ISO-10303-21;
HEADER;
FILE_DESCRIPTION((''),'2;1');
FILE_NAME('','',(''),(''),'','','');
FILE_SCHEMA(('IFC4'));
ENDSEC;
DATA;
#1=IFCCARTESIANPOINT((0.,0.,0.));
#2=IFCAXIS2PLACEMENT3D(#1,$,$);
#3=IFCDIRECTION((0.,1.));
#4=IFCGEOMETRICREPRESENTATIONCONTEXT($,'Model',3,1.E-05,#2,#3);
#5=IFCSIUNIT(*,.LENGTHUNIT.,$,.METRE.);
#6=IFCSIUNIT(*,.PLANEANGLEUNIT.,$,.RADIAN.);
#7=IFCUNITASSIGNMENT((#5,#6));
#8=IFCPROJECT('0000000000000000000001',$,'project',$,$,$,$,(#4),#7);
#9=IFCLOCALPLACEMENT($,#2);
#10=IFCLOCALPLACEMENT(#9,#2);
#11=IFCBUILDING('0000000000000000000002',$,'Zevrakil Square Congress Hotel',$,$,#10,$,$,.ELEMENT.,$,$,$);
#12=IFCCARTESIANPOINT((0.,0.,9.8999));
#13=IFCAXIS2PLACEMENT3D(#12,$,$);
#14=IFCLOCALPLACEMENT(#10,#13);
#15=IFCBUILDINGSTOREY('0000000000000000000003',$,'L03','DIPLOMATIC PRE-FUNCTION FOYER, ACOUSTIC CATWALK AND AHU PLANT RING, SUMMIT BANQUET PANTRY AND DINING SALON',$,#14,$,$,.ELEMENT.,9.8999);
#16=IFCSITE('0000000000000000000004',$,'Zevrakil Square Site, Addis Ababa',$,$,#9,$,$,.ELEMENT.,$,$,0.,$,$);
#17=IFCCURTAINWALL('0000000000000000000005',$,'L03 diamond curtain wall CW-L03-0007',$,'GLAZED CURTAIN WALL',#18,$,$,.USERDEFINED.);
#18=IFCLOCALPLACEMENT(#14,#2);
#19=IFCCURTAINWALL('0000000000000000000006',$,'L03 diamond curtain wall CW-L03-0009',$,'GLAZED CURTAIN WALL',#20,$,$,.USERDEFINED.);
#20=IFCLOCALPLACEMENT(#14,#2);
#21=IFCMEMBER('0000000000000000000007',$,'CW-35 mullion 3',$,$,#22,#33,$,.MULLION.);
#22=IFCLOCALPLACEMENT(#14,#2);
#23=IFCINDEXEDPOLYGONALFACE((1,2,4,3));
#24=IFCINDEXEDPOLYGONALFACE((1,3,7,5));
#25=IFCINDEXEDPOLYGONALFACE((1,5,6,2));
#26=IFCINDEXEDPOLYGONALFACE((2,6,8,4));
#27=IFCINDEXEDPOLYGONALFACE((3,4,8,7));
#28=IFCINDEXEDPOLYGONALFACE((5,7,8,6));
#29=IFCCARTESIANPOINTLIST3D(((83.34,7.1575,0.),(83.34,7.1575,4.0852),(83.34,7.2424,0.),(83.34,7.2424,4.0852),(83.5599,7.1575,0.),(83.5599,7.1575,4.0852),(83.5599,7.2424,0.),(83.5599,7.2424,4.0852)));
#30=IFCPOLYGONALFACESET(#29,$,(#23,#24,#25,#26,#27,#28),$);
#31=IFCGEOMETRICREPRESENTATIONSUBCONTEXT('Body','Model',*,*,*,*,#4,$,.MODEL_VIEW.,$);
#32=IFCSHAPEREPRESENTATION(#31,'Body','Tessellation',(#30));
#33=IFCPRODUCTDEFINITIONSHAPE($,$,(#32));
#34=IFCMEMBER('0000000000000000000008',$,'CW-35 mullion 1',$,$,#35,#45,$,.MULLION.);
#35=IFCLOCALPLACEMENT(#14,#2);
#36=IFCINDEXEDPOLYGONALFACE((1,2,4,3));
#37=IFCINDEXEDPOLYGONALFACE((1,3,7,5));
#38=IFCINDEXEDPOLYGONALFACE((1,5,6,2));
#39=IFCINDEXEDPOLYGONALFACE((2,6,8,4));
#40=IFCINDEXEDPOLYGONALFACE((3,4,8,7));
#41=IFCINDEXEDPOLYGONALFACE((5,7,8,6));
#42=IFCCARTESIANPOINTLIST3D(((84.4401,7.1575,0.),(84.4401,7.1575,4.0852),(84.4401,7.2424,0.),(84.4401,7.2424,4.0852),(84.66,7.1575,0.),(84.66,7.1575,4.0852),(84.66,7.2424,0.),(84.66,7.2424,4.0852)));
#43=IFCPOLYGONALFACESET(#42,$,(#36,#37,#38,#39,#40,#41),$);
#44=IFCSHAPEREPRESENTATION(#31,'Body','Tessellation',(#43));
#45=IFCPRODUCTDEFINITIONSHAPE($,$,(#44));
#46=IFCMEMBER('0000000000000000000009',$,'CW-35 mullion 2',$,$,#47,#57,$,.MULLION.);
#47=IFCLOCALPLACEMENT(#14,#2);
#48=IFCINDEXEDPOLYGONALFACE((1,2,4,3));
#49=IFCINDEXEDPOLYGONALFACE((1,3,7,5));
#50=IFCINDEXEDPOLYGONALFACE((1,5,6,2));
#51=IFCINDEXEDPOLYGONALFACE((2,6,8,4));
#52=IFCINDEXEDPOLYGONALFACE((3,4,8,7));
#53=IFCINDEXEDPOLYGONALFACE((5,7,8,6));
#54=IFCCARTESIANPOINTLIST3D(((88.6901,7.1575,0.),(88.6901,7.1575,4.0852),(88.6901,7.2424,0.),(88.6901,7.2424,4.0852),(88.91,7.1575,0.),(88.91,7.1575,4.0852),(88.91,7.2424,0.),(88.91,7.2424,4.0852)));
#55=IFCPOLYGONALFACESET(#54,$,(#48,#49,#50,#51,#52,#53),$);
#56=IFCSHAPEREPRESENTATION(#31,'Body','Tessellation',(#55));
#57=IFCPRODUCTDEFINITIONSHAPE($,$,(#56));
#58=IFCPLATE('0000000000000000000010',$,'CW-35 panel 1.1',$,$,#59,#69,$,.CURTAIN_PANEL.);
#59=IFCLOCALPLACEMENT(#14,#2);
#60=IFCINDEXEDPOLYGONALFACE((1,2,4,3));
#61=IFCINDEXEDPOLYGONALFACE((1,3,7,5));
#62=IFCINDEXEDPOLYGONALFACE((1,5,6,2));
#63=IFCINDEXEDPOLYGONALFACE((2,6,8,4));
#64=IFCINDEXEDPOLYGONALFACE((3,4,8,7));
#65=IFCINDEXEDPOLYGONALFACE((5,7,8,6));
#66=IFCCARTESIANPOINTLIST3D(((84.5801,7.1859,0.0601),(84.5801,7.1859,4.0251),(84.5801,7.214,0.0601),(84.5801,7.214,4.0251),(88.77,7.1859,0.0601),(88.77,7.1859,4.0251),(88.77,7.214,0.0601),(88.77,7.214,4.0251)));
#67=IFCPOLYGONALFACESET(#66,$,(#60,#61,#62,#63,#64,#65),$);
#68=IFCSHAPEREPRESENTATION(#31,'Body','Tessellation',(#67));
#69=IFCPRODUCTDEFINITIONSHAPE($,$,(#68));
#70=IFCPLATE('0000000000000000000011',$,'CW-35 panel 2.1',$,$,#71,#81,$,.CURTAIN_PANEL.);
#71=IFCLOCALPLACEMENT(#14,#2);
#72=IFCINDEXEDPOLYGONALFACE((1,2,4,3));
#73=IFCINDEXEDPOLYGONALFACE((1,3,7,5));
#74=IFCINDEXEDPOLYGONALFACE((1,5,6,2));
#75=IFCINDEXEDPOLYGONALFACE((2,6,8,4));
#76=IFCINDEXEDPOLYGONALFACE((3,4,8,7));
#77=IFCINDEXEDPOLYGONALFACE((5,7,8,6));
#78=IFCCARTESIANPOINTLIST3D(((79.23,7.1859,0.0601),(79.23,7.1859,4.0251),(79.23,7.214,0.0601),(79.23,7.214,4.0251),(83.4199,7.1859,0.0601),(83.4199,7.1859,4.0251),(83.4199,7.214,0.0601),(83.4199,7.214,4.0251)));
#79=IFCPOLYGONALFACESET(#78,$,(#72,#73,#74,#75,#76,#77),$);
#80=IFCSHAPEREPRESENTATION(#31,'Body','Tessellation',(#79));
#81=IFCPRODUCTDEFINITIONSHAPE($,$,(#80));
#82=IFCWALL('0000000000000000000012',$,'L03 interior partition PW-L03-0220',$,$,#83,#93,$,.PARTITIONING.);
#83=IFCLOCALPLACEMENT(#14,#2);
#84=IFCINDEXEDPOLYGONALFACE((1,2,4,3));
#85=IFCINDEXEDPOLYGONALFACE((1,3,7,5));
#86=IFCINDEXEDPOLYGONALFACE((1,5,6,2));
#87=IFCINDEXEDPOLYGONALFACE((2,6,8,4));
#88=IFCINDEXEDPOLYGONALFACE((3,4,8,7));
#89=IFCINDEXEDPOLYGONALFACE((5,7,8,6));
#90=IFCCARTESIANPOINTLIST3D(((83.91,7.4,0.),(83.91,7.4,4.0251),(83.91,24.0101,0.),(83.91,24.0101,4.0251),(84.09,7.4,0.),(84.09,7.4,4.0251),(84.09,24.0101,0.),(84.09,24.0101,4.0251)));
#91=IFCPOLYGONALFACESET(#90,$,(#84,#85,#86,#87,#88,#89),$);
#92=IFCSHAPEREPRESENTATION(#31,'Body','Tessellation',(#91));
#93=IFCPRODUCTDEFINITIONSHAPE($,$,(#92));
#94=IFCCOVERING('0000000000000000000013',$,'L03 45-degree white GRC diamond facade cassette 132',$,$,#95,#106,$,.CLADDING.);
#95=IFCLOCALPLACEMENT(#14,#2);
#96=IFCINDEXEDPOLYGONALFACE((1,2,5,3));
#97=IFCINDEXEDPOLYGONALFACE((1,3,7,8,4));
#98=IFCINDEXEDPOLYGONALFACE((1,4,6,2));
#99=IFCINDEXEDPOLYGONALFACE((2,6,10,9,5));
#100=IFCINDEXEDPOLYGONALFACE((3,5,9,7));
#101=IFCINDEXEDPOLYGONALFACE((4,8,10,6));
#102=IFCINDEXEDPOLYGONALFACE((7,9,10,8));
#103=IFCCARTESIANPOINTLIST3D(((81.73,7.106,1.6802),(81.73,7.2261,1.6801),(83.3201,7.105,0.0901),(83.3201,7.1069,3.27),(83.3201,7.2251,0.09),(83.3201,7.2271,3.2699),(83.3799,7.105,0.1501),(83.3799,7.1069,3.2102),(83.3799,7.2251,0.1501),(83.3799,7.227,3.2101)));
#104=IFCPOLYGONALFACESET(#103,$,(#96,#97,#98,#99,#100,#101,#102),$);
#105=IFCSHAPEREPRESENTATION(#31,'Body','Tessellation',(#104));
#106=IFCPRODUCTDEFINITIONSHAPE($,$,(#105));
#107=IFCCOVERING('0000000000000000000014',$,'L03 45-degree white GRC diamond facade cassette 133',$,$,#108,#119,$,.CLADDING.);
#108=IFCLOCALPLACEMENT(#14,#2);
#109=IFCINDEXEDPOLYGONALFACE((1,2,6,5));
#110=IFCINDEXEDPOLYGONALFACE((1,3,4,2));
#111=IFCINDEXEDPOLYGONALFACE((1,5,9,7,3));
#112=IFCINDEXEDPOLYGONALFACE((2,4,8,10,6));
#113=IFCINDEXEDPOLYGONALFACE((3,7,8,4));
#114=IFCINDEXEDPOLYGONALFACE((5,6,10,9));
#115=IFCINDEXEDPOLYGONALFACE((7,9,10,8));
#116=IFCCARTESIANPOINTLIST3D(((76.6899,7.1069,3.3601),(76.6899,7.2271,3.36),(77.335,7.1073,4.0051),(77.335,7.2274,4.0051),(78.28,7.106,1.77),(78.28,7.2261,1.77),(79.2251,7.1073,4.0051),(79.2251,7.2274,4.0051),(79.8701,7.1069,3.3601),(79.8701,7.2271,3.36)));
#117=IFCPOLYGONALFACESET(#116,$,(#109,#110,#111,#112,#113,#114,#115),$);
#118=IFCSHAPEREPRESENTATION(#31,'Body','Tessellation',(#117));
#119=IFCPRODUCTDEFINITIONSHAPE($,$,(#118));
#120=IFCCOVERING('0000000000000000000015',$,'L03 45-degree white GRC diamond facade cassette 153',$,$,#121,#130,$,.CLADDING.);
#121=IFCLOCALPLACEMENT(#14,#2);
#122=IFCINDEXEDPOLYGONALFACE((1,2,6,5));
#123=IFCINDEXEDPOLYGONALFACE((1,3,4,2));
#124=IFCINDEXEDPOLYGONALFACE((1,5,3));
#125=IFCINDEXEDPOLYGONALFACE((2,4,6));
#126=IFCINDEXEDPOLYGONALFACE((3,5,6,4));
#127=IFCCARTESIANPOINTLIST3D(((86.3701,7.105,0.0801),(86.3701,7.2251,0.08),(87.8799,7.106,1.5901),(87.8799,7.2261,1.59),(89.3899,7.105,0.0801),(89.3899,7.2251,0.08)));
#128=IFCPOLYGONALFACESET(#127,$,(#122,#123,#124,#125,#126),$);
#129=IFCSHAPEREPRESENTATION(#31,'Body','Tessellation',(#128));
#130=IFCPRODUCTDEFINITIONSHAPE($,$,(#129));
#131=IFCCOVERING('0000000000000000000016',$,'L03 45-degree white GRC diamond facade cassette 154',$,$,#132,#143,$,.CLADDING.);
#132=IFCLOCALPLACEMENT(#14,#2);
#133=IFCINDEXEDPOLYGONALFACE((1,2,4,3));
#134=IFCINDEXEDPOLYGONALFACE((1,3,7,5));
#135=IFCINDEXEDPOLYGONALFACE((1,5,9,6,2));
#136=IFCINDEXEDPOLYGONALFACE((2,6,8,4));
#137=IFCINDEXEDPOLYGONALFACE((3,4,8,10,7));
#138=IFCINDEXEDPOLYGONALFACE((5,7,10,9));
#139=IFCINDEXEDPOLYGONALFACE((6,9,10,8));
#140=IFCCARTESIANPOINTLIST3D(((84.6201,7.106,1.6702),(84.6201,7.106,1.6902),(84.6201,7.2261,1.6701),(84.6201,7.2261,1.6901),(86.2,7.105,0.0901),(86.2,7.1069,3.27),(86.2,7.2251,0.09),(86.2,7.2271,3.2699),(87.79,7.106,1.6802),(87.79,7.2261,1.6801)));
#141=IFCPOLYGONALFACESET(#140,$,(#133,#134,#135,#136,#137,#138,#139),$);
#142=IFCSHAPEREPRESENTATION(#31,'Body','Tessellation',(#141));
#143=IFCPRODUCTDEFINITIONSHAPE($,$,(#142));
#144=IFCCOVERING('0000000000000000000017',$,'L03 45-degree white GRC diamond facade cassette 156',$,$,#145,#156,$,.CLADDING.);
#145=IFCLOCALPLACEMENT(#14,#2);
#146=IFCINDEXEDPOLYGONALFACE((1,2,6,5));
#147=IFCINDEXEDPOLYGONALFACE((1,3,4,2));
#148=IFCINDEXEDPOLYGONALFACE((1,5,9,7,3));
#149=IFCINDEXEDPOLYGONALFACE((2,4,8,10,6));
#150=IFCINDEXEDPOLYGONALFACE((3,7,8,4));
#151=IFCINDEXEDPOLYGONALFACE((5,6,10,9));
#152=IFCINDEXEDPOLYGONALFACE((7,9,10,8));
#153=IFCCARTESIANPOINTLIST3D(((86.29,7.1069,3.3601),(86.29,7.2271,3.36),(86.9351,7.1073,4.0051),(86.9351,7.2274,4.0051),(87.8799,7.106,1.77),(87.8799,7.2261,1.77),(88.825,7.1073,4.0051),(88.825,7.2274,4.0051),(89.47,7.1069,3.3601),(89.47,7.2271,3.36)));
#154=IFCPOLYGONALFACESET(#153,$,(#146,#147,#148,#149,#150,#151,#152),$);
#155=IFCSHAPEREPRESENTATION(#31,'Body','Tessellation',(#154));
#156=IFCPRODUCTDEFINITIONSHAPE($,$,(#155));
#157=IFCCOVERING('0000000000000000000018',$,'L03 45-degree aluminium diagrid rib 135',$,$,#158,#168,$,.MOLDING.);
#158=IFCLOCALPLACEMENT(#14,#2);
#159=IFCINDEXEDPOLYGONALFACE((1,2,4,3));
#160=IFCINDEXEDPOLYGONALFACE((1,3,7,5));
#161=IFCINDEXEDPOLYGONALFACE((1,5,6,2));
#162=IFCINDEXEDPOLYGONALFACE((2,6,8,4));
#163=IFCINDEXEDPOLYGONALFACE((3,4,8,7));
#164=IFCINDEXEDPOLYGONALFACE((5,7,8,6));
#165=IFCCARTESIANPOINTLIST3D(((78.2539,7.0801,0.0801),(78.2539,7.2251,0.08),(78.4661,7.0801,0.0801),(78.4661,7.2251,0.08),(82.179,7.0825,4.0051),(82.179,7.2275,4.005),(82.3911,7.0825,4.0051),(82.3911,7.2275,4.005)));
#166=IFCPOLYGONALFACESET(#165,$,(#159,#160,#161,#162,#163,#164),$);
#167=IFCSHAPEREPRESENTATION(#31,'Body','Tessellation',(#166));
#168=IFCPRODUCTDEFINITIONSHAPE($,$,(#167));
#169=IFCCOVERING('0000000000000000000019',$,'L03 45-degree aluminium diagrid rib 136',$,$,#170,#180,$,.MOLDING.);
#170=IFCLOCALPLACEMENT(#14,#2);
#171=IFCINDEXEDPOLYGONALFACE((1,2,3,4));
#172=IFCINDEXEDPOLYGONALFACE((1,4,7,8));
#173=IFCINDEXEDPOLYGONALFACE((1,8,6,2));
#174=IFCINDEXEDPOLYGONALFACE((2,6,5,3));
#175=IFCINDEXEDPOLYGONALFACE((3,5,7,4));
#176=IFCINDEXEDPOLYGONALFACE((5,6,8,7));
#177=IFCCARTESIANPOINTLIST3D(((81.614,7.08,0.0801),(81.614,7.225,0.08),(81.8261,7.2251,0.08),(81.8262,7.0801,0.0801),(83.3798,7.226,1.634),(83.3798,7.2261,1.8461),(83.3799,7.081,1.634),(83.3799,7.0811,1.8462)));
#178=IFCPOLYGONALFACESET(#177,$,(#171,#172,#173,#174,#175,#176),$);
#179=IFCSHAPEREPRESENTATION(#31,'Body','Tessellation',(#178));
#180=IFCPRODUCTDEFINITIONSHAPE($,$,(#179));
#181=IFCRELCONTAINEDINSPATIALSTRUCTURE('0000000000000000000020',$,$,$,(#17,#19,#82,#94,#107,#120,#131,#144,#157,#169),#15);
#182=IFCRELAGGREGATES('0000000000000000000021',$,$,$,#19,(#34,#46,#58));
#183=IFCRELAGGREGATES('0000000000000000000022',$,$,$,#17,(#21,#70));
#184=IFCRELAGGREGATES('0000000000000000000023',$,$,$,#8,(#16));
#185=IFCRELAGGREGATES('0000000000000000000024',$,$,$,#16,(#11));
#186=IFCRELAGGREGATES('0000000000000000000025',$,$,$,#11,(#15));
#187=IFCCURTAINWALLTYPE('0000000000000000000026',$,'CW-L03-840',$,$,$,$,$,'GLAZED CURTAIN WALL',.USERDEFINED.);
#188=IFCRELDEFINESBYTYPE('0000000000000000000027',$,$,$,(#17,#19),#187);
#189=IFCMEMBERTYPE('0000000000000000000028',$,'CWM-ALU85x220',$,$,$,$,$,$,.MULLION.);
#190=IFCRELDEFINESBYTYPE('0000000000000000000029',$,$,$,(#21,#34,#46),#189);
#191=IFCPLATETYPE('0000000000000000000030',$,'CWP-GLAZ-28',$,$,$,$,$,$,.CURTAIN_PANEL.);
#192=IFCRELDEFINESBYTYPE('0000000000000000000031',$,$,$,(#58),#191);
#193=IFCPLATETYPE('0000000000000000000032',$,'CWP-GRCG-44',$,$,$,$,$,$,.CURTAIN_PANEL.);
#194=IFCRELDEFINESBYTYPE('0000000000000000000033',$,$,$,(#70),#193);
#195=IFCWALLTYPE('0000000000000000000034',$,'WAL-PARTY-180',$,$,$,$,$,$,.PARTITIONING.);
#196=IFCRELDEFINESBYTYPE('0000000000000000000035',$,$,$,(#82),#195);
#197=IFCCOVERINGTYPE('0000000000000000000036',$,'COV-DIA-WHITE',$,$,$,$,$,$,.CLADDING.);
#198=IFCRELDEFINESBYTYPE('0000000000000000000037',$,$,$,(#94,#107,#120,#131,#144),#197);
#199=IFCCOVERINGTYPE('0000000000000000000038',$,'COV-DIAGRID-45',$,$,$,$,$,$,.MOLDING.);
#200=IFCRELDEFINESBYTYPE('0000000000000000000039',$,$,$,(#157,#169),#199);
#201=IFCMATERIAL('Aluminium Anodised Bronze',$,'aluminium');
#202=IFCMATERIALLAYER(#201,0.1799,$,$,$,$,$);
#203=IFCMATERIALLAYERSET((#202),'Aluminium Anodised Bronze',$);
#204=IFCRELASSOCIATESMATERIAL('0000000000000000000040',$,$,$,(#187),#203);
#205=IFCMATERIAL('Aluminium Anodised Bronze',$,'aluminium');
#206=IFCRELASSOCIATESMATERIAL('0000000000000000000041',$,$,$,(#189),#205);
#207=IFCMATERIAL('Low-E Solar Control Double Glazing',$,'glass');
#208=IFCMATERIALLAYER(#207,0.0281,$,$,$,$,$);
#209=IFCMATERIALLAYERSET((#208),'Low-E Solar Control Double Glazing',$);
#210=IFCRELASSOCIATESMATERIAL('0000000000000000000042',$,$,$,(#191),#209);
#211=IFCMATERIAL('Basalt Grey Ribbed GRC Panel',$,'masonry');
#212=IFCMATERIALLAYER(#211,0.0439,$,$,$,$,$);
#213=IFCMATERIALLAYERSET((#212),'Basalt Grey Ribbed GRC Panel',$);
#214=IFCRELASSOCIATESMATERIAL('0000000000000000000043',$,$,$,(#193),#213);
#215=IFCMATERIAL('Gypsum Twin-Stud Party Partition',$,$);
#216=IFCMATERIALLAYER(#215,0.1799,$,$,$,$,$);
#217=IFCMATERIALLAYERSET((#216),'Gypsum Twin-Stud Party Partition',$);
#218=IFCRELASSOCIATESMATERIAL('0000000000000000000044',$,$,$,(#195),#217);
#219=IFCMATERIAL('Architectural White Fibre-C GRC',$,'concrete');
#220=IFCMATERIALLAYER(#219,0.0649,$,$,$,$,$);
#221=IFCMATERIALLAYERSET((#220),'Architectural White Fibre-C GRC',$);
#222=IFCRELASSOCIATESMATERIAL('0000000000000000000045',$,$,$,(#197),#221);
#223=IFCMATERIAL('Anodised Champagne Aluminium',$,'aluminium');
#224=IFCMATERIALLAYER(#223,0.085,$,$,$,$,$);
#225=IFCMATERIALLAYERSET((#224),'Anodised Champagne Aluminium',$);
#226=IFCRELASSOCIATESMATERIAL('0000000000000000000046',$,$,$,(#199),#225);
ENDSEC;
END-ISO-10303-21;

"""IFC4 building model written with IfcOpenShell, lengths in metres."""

from ifc_helpers import new_model, si_unit, direction, frame, frame_2d, origin, origin_2d, place, context, subcontext, project, spatial, polyline, rectangle, outline, extrude, material, layer, layer_set, material_profile, profile_set, type_object, element, aggregate, save


model = new_model("IFC4")

# Units and contexts
model_context = context("Model", 3, precision=1e-05, world=origin(), true_north=direction((0.0, 1.0)))
body_context = subcontext(model_context, "Body", "Model", "MODEL_VIEW")
ifc_project = project(units=[si_unit("LENGTHUNIT", "METRE"), si_unit("PLANEANGLEUNIT", "RADIAN")], contexts=[model_context])

# Site, building, storey
site_placement = place(None, origin())
site = spatial("IfcSite", under=ifc_project, at=site_placement, Name="Zevrakil Square Site, Addis Ababa", CompositionType="ELEMENT", RefElevation=0.0)
building_placement = place(site_placement, origin())
building = spatial("IfcBuilding", under=site, at=building_placement, Name="Zevrakil Square Congress Hotel", CompositionType="ELEMENT")
storey_placement = place(building_placement, frame((0.0, 0.0, 9.8999)))
storey = spatial("IfcBuildingStorey", under=building, at=storey_placement, Name="L03", Description="DIPLOMATIC PRE-FUNCTION FOYER, ACOUSTIC CATWALK AND AHU PLANT RING, SUMMIT BANQUET PANTRY AND DINING SALON", CompositionType="ELEMENT", Elevation=9.8999)

# Curtain walls
ifc_material_1 = material(Name="Aluminium Anodised Bronze", Category="aluminium")
ifc_layer_1 = layer(ifc_material_1, 0.1799)
ifc_layer_set_1 = layer_set([ifc_layer_1], Name="Aluminium Anodised Bronze")
curtain_wall_type = type_object("IfcCurtainWallType", Name="CW-L03-840", ElementType="GLAZED CURTAIN WALL", PredefinedType="USERDEFINED", material=ifc_layer_set_1)
curtain_wall_1_placement = place(storey_placement, origin())
curtain_wall_1 = element("IfcCurtainWall", 1, at=curtain_wall_1_placement, inside=storey, type_object=curtain_wall_type, Name="L03 diamond curtain wall CW-L03-0007", ObjectType="GLAZED CURTAIN WALL", PredefinedType="USERDEFINED")
curtain_wall_2_placement = place(storey_placement, origin())
curtain_wall_2 = element("IfcCurtainWall", 2, at=curtain_wall_2_placement, inside=storey, type_object=curtain_wall_type, Name="L03 diamond curtain wall CW-L03-0009", ObjectType="GLAZED CURTAIN WALL", PredefinedType="USERDEFINED")

# Members
ifc_material_2 = material(Name="Aluminium Anodised Bronze", Category="aluminium")
ifc_material_profile_1 = material_profile(ifc_material_2, rectangle(XDim=0.085, YDim=0.22, at=origin_2d()), Name="ALU 85x220")
ifc_profile_set_1 = profile_set([ifc_material_profile_1], Name="Aluminium Anodised Bronze")
member_type_1 = type_object("IfcMemberType", Name="CWM-ALU85x220", PredefinedType="MULLION", material=ifc_profile_set_1)
member_1_placement = place(storey_placement, frame((83.45, 7.2, 0.0), z_axis=(0.0, 0.0, 1.0), x_axis=(0.0, 1.0, 0.0)))
member_1 = element("IfcMember", 3, at=member_1_placement, type_object=member_type_1, Name="CW-35 mullion 3", PredefinedType="MULLION", context=body_context, shape_type="SweptSolid", body=[
    extrude(rectangle(XDim=0.085, YDim=0.22, at=origin_2d()), origin(), (0.0, 0.0, 1.0), 4.0852),
])
member_2_placement = place(storey_placement, frame((84.55, 7.2, 0.0), z_axis=(0.0, 0.0, 1.0), x_axis=(0.0, 1.0, 0.0)))
member_2 = element("IfcMember", 4, at=member_2_placement, type_object=member_type_1, Name="CW-35 mullion 1", PredefinedType="MULLION", context=body_context, shape_type="SweptSolid", body=[
    extrude(rectangle(XDim=0.085, YDim=0.22, at=origin_2d()), origin(), (0.0, 0.0, 1.0), 4.0852),
])
member_3_placement = place(storey_placement, frame((88.8, 7.2, 0.0), z_axis=(0.0, 0.0, 1.0), x_axis=(0.0, 1.0, 0.0)))
member_3 = element("IfcMember", 5, at=member_3_placement, type_object=member_type_1, Name="CW-35 mullion 2", PredefinedType="MULLION", context=body_context, shape_type="SweptSolid", body=[
    extrude(rectangle(XDim=0.085, YDim=0.22, at=origin_2d()), origin(), (0.0, 0.0, 1.0), 4.0852),
])

# Plates
ifc_material_3 = material(Name="Low-E Solar Control Double Glazing", Category="glass")
ifc_layer_2 = layer(ifc_material_3, 0.0281)
ifc_layer_set_2 = layer_set([ifc_layer_2], Name="Low-E Solar Control Double Glazing")
plate_type_1 = type_object("IfcPlateType", Name="CWP-GLAZ-28", PredefinedType="CURTAIN_PANEL", material=ifc_layer_set_2)
plate_1_placement = place(storey_placement, frame((86.675, 7.2, 0.0601), z_axis=(0.0, 0.0, 1.0), x_axis=(1.0, 0.0, 0.0)))
plate_1 = element("IfcPlate", 6, at=plate_1_placement, type_object=plate_type_1, Name="CW-35 panel 1.1", PredefinedType="CURTAIN_PANEL", context=body_context, shape_type="SweptSolid", body=[
    extrude(rectangle(XDim=4.1899, YDim=0.0281, at=origin_2d()), origin(), (0.0, 0.0, 1.0), 3.9651),
])
aggregate(curtain_wall_2, [member_2, member_3, plate_1])
ifc_material_4 = material(Name="Basalt Grey Ribbed GRC Panel", Category="masonry")
ifc_layer_3 = layer(ifc_material_4, 0.0439)
ifc_layer_set_3 = layer_set([ifc_layer_3], Name="Basalt Grey Ribbed GRC Panel")
plate_type_2 = type_object("IfcPlateType", Name="CWP-GRCG-44", PredefinedType="CURTAIN_PANEL", material=ifc_layer_set_3)
plate_2_placement = place(storey_placement, frame((81.325, 7.2, 0.0601), z_axis=(0.0, 0.0, 1.0), x_axis=(1.0, 0.0, 0.0)))
plate_2 = element("IfcPlate", 7, at=plate_2_placement, type_object=plate_type_2, Name="CW-35 panel 2.1", PredefinedType="CURTAIN_PANEL", context=body_context, shape_type="SweptSolid", body=[
    extrude(rectangle(XDim=4.1899, YDim=0.0281, at=origin_2d()), origin(), (0.0, 0.0, 1.0), 3.9651),
])
aggregate(curtain_wall_1, [member_1, plate_2])

# Wall
ifc_material_5 = material(Name="Gypsum Twin-Stud Party Partition")
ifc_layer_4 = layer(ifc_material_5, 0.1799)
ifc_layer_set_4 = layer_set([ifc_layer_4], Name="Gypsum Twin-Stud Party Partition")
wall_type = type_object("IfcWallType", Name="WAL-PARTY-180", PredefinedType="PARTITIONING", material=ifc_layer_set_4)
wall_placement = place(storey_placement, frame((84.0, 7.3999, 0.0), z_axis=(0.0, 0.0, 1.0), x_axis=(0.0, 1.0, 0.0)))
element("IfcWall", 8, at=wall_placement, inside=storey, type_object=wall_type, Name="L03 interior partition PW-L03-0220", PredefinedType="PARTITIONING", context=body_context, shape_type="SweptSolid", body=[
    extrude(rectangle(XDim=16.6101, YDim=0.1799, at=frame_2d((8.3052, 0.0))), origin(), (0.0, 0.0, 1.0), 4.0251),
])

# Coverings
ifc_material_6 = material(Name="Architectural White Fibre-C GRC", Category="concrete")
ifc_layer_5 = layer(ifc_material_6, 0.0649)
ifc_layer_set_5 = layer_set([ifc_layer_5], Name="Architectural White Fibre-C GRC")
covering_type_1 = type_object("IfcCoveringType", Name="COV-DIA-WHITE", PredefinedType="CLADDING", material=ifc_layer_set_5)
covering_1_placement = place(storey_placement, frame((83.3201, 7.105, 0.0901), z_axis=(0.0, -1.0, 0.000615), x_axis=(-0.707107, 0.000435, 0.707107)))
element("IfcCovering", 9, at=covering_1_placement, inside=storey, type_object=covering_type_1, Name="L03 45-degree white GRC diamond facade cassette 132", PredefinedType="CLADDING", context=body_context, shape_type="SweptSolid", body=[
    extrude(outline(polyline([(0.0, 0.0), (2.2487, 0.0), (2.2486, -2.2486), (2.164, -2.2486), (0.0002, -0.0848), (0.0, 0.0)])), origin(), (0.0, 0.0, -1.0), 0.1201),
])
covering_2_placement = place(storey_placement, frame((79.8701, 7.1069, 3.3601), z_axis=(0.0, -1.0, 0.000577), x_axis=(-0.707107, -0.000408, -0.707107)))
element("IfcCovering", 10, at=covering_2_placement, inside=storey, type_object=covering_type_1, Name="L03 45-degree white GRC diamond facade cassette 133", PredefinedType="CLADDING", context=body_context, shape_type="SweptSolid", body=[
    extrude(outline(polyline([(0.0, 0.0), (2.2487, 0.0), (2.2487, -2.2487), (1.3365, -2.2487), (0.0, -0.9122), (0.0, 0.0)])), origin(), (0.0, 0.0, -1.0), 0.1201),
])
covering_3_placement = place(storey_placement, frame((87.8799, 7.106, 1.5901), z_axis=(0.0, -1.0, 0.000647), x_axis=(0.707107, -0.000457, -0.707107)))
element("IfcCovering", 11, at=covering_3_placement, inside=storey, type_object=covering_type_1, Name="L03 45-degree white GRC diamond facade cassette 153", PredefinedType="CLADDING", context=body_context, shape_type="SweptSolid", body=[
    extrude(outline(polyline([(0.0, 0.0), (2.1355, 0.0), (0.0002, -2.1353), (0.0, 0.0)])), origin(), (0.0, 0.0, -1.0), 0.1201),
])
covering_4_placement = place(storey_placement, frame((86.2, 7.1069, 3.27), z_axis=(0.0, -1.0, 0.000612), x_axis=(0.707161, -0.000433, -0.707052)))
element("IfcCovering", 12, at=covering_4_placement, inside=storey, type_object=covering_type_1, Name="L03 45-degree white GRC diamond facade cassette 154", PredefinedType="CLADDING", context=body_context, shape_type="SweptSolid", body=[
    extrude(outline(polyline([(0.0, 0.0), (2.2486, 0.0), (2.2484, -2.2487), (0.014, -2.2484), (-0.0002, -2.2342), (0.0, 0.0)])), origin(), (0.0, 0.0, -1.0), 0.1201),
])
covering_5_placement = place(storey_placement, frame((89.47, 7.1069, 3.3601), z_axis=(0.0, -1.0, 0.000577), x_axis=(-0.707107, -0.000408, -0.707107)))
element("IfcCovering", 13, at=covering_5_placement, inside=storey, type_object=covering_type_1, Name="L03 45-degree white GRC diamond facade cassette 156", PredefinedType="CLADDING", context=body_context, shape_type="SweptSolid", body=[
    extrude(outline(polyline([(0.0, 0.0), (2.2487, 0.0), (2.2486, -2.2486), (1.3364, -2.2486), (0.0, -0.9122), (0.0, 0.0)])), origin(), (0.0, 0.0, -1.0), 0.1201),
])
ifc_material_7 = material(Name="Anodised Champagne Aluminium", Category="aluminium")
ifc_layer_6 = layer(ifc_material_7, 0.085)
ifc_layer_set_6 = layer_set([ifc_layer_6], Name="Anodised Champagne Aluminium")
covering_type_2 = type_object("IfcCoveringType", Name="COV-DIAGRID-45", PredefinedType="MOLDING", material=ifc_layer_set_6)
covering_6_placement = place(storey_placement, frame((78.4661, 7.0801, 0.0801), z_axis=(0.0, -1.0, 0.000622), x_axis=(-1.0, 0.0, 0.0)))
element("IfcCovering", 14, at=covering_6_placement, inside=storey, type_object=covering_type_2, Name="L03 45-degree aluminium diagrid rib 135", PredefinedType="MOLDING", context=body_context, shape_type="SweptSolid", body=[
    extrude(outline(polyline([(0.0, 0.0), (0.2122, 0.0), (-3.7129, -3.925), (-3.925, -3.925), (0.0, 0.0)])), origin(), (0.0, 0.0, -1.0), 0.145),
])
covering_7_placement = place(storey_placement, frame((81.8262, 7.0801, 0.0801), z_axis=(0.000294, -1.0, 0.000294), x_axis=(-1.0, -0.000294, 0.0)))
element("IfcCovering", 15, at=covering_7_placement, inside=storey, type_object=covering_type_2, Name="L03 45-degree aluminium diagrid rib 136", PredefinedType="MOLDING", context=body_context, shape_type="SweptSolid", body=[
    extrude(outline(polyline([(0.0, 0.0), (0.2122, 0.0), (-1.5537, -1.7661), (-1.5537, -1.554), (0.0, 0.0)])), origin(), (0.0, 0.0, -1.0), 0.145),
])

save(model, "model.ifc")
